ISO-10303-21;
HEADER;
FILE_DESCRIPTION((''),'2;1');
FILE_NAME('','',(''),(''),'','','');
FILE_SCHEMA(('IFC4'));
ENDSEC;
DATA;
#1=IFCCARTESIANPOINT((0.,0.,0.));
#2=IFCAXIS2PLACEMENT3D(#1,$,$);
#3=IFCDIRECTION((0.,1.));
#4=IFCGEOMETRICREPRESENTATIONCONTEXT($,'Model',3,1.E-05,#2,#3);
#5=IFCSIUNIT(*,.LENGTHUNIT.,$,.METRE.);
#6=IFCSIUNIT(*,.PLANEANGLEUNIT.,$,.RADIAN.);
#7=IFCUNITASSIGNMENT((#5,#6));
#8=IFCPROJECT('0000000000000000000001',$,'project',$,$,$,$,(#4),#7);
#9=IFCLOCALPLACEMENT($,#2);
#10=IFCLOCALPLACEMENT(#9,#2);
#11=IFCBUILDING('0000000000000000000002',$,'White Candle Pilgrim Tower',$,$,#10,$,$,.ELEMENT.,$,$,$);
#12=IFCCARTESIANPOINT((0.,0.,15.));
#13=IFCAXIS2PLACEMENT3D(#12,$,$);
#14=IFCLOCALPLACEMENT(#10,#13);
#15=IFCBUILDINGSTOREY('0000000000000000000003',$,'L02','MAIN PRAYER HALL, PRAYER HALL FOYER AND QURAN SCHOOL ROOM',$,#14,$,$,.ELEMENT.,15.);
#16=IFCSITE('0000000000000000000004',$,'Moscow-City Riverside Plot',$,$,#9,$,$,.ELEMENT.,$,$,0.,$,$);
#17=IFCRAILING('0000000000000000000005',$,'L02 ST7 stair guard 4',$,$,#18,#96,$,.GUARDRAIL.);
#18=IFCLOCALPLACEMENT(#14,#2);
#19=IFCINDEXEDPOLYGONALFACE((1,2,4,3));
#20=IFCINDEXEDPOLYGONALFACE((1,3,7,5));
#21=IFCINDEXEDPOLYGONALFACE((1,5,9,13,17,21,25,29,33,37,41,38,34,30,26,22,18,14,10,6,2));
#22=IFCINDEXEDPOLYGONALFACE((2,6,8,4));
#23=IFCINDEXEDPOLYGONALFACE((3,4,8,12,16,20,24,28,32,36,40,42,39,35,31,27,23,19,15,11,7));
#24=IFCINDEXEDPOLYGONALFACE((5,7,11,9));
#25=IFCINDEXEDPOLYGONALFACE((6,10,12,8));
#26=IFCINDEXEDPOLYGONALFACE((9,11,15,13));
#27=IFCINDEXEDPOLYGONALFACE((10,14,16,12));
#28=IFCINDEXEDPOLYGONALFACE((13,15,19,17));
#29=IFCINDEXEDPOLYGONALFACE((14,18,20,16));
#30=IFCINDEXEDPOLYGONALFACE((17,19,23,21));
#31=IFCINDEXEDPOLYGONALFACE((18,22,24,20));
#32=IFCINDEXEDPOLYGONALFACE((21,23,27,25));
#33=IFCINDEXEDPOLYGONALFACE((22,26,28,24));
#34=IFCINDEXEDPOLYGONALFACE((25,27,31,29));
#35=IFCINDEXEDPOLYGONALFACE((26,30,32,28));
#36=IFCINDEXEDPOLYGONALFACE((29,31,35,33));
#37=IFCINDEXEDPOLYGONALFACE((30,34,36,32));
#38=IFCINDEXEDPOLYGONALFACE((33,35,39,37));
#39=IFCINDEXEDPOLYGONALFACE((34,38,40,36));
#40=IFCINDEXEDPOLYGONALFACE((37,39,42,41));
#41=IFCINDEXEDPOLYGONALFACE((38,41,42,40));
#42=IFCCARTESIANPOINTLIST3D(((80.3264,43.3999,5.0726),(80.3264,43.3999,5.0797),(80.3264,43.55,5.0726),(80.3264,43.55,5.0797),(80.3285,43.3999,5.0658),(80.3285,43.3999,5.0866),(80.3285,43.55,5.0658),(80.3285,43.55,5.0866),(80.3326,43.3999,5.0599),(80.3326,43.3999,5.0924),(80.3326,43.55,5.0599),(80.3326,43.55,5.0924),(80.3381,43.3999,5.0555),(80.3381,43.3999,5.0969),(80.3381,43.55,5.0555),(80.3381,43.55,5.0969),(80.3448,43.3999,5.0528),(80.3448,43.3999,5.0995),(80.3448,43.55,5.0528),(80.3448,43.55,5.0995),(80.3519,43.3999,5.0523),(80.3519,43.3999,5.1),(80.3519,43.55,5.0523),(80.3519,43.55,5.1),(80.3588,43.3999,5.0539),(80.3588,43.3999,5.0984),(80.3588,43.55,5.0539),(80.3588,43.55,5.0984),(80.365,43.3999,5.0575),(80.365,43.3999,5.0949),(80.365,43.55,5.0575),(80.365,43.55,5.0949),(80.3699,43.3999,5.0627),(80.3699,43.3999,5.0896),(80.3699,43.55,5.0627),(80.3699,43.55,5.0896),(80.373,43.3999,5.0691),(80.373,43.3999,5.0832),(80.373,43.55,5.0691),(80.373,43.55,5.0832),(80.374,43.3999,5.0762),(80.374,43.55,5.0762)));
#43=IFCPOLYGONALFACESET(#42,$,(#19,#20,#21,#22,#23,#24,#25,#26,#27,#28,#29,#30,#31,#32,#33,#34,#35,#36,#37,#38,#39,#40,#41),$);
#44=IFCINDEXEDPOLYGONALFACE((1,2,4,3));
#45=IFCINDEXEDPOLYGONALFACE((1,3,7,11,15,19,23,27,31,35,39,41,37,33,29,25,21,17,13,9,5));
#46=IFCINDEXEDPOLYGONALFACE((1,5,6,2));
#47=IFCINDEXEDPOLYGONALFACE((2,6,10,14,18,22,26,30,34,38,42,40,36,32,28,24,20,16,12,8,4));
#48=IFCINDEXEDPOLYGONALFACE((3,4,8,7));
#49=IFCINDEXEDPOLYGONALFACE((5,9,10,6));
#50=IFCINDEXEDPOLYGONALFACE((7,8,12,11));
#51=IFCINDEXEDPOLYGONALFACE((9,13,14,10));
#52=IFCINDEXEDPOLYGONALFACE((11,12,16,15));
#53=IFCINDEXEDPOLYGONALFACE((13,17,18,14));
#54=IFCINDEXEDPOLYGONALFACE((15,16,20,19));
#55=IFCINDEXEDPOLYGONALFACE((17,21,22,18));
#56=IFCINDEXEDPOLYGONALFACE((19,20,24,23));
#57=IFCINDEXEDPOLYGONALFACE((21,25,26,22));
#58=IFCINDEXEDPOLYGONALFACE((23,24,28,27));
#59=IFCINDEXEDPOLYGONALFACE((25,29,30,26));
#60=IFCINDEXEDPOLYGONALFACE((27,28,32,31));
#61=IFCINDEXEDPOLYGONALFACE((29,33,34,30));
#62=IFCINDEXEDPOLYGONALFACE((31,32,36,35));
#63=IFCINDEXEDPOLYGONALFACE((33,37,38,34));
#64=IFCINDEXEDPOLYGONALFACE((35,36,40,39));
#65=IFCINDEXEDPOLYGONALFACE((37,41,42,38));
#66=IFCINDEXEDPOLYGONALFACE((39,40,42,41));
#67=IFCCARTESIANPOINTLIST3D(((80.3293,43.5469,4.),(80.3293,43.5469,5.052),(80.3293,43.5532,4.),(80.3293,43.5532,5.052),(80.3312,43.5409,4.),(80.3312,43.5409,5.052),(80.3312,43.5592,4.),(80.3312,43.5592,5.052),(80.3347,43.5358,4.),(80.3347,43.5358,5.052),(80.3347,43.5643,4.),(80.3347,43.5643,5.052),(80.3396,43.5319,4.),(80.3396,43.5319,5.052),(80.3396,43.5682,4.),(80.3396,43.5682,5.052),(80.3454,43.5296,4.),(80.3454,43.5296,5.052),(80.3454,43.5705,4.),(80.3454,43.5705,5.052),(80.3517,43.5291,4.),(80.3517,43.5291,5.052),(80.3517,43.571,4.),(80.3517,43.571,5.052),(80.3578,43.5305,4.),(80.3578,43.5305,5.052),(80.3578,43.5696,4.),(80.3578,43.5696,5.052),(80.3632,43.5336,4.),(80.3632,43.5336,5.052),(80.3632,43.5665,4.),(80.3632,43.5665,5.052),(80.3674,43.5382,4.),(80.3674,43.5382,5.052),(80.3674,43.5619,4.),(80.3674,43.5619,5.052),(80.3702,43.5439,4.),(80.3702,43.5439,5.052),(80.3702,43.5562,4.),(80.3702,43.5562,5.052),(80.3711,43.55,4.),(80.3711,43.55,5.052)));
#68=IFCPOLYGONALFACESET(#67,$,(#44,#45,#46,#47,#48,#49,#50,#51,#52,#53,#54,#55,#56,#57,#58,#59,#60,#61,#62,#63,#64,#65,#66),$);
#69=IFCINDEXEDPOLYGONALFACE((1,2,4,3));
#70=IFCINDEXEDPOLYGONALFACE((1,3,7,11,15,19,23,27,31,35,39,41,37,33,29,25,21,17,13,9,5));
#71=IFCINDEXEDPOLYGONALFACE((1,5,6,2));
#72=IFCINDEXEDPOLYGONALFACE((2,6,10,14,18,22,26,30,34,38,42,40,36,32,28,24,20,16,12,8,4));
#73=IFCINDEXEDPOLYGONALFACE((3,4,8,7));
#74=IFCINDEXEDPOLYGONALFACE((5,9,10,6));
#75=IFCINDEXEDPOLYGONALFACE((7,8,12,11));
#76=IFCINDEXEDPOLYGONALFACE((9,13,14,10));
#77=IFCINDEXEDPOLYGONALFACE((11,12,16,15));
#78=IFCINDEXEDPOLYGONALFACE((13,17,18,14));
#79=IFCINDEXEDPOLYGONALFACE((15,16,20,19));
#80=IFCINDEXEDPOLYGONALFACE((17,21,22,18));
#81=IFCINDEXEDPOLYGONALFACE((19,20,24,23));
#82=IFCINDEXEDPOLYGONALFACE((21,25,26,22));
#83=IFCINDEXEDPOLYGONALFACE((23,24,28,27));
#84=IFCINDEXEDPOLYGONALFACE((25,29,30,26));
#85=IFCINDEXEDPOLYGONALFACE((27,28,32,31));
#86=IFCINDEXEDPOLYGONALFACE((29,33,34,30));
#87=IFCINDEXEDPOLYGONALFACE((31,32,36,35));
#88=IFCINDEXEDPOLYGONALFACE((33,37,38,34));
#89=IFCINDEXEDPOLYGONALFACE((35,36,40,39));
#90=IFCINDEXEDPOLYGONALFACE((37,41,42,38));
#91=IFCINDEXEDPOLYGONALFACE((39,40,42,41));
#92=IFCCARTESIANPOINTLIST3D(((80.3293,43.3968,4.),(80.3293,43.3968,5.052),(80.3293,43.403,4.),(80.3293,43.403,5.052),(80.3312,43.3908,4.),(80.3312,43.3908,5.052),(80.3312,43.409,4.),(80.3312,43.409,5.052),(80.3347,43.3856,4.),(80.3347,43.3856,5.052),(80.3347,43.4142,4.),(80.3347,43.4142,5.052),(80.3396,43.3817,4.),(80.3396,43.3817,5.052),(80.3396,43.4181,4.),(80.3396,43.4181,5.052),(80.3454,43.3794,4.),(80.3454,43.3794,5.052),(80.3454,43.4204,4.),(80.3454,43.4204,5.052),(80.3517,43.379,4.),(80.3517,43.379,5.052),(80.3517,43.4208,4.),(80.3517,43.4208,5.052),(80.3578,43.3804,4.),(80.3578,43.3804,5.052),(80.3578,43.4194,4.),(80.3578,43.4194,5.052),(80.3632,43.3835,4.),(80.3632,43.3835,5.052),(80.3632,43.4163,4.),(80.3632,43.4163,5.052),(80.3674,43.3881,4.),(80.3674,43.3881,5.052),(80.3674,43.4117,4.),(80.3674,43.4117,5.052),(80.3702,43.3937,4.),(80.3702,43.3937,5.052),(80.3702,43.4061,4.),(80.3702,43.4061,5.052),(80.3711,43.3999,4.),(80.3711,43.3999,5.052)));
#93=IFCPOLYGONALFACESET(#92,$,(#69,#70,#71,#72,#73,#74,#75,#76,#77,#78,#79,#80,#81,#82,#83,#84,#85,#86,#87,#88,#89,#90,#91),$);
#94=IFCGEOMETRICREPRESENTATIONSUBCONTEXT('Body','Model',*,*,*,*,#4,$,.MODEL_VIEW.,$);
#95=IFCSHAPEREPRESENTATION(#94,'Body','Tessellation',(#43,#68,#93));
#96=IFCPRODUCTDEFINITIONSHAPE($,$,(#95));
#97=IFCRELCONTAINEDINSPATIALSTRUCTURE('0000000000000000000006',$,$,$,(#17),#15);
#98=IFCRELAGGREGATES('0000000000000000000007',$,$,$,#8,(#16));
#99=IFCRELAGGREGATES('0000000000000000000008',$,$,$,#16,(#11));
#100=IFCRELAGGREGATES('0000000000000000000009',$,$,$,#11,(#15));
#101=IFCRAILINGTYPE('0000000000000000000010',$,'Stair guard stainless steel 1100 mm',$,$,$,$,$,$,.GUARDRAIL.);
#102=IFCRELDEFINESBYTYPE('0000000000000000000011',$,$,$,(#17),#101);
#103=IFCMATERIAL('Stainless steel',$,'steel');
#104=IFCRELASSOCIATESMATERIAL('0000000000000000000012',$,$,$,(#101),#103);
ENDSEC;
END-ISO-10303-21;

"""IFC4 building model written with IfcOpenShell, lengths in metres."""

from ifc_helpers import new_model, si_unit, direction, frame, origin, origin_2d, place, context, subcontext, project, spatial, circle, extrude, material, type_object, element, save


model = new_model("IFC4")

# Units and contexts
model_context = context("Model", 3, precision=1e-05, world=origin(), true_north=direction((0.0, 1.0)))
body_context = subcontext(model_context, "Body", "Model", "MODEL_VIEW")
ifc_project = project(units=[si_unit("LENGTHUNIT", "METRE"), si_unit("PLANEANGLEUNIT", "RADIAN")], contexts=[model_context])

# Site, building, storey
site_placement = place(None, origin())
site = spatial("IfcSite", under=ifc_project, at=site_placement, Name="Moscow-City Riverside Plot", CompositionType="ELEMENT", RefElevation=0.0)
building_placement = place(site_placement, origin())
building = spatial("IfcBuilding", under=site, at=building_placement, Name="White Candle Pilgrim Tower", CompositionType="ELEMENT")
storey_placement = place(building_placement, frame((0.0, 0.0, 15.0)))
storey = spatial("IfcBuildingStorey", under=building, at=storey_placement, Name="L02", Description="MAIN PRAYER HALL, PRAYER HALL FOYER AND QURAN SCHOOL ROOM", CompositionType="ELEMENT", Elevation=15.0)

# Railing
ifc_material_1 = material(Name="Stainless steel", Category="steel")
railing_type_1 = type_object("IfcRailingType", Name="Stair guard stainless steel 1100 mm", PredefinedType="GUARDRAIL", material=ifc_material_1)
railing_1_placement = place(storey_placement, frame((80.3501, 43.55, 4.0)))
element("IfcRailing", 1, at=railing_1_placement, inside=storey, type_object=railing_type_1, Name="L02 ST7 stair guard 4", PredefinedType="GUARDRAIL", context=body_context, shape_type="SweptSolid", body=[
    extrude(circle(Radius=0.0239, at=origin_2d()), frame((0.0, 0.0, 1.0762), z_axis=(0.0, -1.0, 0.0), x_axis=(1.0, 0.0, 0.0)), (0.0, 0.0, 1.0), 0.1501),
    extrude(circle(Radius=0.021, at=origin_2d()), origin(), (0.0, 0.0, 1.0), 1.052),
    extrude(circle(Radius=0.021, at=origin_2d()), frame((0.0, -0.1501, 0.0)), (0.0, 0.0, 1.0), 1.052),
])

save(model, "model.ifc")
